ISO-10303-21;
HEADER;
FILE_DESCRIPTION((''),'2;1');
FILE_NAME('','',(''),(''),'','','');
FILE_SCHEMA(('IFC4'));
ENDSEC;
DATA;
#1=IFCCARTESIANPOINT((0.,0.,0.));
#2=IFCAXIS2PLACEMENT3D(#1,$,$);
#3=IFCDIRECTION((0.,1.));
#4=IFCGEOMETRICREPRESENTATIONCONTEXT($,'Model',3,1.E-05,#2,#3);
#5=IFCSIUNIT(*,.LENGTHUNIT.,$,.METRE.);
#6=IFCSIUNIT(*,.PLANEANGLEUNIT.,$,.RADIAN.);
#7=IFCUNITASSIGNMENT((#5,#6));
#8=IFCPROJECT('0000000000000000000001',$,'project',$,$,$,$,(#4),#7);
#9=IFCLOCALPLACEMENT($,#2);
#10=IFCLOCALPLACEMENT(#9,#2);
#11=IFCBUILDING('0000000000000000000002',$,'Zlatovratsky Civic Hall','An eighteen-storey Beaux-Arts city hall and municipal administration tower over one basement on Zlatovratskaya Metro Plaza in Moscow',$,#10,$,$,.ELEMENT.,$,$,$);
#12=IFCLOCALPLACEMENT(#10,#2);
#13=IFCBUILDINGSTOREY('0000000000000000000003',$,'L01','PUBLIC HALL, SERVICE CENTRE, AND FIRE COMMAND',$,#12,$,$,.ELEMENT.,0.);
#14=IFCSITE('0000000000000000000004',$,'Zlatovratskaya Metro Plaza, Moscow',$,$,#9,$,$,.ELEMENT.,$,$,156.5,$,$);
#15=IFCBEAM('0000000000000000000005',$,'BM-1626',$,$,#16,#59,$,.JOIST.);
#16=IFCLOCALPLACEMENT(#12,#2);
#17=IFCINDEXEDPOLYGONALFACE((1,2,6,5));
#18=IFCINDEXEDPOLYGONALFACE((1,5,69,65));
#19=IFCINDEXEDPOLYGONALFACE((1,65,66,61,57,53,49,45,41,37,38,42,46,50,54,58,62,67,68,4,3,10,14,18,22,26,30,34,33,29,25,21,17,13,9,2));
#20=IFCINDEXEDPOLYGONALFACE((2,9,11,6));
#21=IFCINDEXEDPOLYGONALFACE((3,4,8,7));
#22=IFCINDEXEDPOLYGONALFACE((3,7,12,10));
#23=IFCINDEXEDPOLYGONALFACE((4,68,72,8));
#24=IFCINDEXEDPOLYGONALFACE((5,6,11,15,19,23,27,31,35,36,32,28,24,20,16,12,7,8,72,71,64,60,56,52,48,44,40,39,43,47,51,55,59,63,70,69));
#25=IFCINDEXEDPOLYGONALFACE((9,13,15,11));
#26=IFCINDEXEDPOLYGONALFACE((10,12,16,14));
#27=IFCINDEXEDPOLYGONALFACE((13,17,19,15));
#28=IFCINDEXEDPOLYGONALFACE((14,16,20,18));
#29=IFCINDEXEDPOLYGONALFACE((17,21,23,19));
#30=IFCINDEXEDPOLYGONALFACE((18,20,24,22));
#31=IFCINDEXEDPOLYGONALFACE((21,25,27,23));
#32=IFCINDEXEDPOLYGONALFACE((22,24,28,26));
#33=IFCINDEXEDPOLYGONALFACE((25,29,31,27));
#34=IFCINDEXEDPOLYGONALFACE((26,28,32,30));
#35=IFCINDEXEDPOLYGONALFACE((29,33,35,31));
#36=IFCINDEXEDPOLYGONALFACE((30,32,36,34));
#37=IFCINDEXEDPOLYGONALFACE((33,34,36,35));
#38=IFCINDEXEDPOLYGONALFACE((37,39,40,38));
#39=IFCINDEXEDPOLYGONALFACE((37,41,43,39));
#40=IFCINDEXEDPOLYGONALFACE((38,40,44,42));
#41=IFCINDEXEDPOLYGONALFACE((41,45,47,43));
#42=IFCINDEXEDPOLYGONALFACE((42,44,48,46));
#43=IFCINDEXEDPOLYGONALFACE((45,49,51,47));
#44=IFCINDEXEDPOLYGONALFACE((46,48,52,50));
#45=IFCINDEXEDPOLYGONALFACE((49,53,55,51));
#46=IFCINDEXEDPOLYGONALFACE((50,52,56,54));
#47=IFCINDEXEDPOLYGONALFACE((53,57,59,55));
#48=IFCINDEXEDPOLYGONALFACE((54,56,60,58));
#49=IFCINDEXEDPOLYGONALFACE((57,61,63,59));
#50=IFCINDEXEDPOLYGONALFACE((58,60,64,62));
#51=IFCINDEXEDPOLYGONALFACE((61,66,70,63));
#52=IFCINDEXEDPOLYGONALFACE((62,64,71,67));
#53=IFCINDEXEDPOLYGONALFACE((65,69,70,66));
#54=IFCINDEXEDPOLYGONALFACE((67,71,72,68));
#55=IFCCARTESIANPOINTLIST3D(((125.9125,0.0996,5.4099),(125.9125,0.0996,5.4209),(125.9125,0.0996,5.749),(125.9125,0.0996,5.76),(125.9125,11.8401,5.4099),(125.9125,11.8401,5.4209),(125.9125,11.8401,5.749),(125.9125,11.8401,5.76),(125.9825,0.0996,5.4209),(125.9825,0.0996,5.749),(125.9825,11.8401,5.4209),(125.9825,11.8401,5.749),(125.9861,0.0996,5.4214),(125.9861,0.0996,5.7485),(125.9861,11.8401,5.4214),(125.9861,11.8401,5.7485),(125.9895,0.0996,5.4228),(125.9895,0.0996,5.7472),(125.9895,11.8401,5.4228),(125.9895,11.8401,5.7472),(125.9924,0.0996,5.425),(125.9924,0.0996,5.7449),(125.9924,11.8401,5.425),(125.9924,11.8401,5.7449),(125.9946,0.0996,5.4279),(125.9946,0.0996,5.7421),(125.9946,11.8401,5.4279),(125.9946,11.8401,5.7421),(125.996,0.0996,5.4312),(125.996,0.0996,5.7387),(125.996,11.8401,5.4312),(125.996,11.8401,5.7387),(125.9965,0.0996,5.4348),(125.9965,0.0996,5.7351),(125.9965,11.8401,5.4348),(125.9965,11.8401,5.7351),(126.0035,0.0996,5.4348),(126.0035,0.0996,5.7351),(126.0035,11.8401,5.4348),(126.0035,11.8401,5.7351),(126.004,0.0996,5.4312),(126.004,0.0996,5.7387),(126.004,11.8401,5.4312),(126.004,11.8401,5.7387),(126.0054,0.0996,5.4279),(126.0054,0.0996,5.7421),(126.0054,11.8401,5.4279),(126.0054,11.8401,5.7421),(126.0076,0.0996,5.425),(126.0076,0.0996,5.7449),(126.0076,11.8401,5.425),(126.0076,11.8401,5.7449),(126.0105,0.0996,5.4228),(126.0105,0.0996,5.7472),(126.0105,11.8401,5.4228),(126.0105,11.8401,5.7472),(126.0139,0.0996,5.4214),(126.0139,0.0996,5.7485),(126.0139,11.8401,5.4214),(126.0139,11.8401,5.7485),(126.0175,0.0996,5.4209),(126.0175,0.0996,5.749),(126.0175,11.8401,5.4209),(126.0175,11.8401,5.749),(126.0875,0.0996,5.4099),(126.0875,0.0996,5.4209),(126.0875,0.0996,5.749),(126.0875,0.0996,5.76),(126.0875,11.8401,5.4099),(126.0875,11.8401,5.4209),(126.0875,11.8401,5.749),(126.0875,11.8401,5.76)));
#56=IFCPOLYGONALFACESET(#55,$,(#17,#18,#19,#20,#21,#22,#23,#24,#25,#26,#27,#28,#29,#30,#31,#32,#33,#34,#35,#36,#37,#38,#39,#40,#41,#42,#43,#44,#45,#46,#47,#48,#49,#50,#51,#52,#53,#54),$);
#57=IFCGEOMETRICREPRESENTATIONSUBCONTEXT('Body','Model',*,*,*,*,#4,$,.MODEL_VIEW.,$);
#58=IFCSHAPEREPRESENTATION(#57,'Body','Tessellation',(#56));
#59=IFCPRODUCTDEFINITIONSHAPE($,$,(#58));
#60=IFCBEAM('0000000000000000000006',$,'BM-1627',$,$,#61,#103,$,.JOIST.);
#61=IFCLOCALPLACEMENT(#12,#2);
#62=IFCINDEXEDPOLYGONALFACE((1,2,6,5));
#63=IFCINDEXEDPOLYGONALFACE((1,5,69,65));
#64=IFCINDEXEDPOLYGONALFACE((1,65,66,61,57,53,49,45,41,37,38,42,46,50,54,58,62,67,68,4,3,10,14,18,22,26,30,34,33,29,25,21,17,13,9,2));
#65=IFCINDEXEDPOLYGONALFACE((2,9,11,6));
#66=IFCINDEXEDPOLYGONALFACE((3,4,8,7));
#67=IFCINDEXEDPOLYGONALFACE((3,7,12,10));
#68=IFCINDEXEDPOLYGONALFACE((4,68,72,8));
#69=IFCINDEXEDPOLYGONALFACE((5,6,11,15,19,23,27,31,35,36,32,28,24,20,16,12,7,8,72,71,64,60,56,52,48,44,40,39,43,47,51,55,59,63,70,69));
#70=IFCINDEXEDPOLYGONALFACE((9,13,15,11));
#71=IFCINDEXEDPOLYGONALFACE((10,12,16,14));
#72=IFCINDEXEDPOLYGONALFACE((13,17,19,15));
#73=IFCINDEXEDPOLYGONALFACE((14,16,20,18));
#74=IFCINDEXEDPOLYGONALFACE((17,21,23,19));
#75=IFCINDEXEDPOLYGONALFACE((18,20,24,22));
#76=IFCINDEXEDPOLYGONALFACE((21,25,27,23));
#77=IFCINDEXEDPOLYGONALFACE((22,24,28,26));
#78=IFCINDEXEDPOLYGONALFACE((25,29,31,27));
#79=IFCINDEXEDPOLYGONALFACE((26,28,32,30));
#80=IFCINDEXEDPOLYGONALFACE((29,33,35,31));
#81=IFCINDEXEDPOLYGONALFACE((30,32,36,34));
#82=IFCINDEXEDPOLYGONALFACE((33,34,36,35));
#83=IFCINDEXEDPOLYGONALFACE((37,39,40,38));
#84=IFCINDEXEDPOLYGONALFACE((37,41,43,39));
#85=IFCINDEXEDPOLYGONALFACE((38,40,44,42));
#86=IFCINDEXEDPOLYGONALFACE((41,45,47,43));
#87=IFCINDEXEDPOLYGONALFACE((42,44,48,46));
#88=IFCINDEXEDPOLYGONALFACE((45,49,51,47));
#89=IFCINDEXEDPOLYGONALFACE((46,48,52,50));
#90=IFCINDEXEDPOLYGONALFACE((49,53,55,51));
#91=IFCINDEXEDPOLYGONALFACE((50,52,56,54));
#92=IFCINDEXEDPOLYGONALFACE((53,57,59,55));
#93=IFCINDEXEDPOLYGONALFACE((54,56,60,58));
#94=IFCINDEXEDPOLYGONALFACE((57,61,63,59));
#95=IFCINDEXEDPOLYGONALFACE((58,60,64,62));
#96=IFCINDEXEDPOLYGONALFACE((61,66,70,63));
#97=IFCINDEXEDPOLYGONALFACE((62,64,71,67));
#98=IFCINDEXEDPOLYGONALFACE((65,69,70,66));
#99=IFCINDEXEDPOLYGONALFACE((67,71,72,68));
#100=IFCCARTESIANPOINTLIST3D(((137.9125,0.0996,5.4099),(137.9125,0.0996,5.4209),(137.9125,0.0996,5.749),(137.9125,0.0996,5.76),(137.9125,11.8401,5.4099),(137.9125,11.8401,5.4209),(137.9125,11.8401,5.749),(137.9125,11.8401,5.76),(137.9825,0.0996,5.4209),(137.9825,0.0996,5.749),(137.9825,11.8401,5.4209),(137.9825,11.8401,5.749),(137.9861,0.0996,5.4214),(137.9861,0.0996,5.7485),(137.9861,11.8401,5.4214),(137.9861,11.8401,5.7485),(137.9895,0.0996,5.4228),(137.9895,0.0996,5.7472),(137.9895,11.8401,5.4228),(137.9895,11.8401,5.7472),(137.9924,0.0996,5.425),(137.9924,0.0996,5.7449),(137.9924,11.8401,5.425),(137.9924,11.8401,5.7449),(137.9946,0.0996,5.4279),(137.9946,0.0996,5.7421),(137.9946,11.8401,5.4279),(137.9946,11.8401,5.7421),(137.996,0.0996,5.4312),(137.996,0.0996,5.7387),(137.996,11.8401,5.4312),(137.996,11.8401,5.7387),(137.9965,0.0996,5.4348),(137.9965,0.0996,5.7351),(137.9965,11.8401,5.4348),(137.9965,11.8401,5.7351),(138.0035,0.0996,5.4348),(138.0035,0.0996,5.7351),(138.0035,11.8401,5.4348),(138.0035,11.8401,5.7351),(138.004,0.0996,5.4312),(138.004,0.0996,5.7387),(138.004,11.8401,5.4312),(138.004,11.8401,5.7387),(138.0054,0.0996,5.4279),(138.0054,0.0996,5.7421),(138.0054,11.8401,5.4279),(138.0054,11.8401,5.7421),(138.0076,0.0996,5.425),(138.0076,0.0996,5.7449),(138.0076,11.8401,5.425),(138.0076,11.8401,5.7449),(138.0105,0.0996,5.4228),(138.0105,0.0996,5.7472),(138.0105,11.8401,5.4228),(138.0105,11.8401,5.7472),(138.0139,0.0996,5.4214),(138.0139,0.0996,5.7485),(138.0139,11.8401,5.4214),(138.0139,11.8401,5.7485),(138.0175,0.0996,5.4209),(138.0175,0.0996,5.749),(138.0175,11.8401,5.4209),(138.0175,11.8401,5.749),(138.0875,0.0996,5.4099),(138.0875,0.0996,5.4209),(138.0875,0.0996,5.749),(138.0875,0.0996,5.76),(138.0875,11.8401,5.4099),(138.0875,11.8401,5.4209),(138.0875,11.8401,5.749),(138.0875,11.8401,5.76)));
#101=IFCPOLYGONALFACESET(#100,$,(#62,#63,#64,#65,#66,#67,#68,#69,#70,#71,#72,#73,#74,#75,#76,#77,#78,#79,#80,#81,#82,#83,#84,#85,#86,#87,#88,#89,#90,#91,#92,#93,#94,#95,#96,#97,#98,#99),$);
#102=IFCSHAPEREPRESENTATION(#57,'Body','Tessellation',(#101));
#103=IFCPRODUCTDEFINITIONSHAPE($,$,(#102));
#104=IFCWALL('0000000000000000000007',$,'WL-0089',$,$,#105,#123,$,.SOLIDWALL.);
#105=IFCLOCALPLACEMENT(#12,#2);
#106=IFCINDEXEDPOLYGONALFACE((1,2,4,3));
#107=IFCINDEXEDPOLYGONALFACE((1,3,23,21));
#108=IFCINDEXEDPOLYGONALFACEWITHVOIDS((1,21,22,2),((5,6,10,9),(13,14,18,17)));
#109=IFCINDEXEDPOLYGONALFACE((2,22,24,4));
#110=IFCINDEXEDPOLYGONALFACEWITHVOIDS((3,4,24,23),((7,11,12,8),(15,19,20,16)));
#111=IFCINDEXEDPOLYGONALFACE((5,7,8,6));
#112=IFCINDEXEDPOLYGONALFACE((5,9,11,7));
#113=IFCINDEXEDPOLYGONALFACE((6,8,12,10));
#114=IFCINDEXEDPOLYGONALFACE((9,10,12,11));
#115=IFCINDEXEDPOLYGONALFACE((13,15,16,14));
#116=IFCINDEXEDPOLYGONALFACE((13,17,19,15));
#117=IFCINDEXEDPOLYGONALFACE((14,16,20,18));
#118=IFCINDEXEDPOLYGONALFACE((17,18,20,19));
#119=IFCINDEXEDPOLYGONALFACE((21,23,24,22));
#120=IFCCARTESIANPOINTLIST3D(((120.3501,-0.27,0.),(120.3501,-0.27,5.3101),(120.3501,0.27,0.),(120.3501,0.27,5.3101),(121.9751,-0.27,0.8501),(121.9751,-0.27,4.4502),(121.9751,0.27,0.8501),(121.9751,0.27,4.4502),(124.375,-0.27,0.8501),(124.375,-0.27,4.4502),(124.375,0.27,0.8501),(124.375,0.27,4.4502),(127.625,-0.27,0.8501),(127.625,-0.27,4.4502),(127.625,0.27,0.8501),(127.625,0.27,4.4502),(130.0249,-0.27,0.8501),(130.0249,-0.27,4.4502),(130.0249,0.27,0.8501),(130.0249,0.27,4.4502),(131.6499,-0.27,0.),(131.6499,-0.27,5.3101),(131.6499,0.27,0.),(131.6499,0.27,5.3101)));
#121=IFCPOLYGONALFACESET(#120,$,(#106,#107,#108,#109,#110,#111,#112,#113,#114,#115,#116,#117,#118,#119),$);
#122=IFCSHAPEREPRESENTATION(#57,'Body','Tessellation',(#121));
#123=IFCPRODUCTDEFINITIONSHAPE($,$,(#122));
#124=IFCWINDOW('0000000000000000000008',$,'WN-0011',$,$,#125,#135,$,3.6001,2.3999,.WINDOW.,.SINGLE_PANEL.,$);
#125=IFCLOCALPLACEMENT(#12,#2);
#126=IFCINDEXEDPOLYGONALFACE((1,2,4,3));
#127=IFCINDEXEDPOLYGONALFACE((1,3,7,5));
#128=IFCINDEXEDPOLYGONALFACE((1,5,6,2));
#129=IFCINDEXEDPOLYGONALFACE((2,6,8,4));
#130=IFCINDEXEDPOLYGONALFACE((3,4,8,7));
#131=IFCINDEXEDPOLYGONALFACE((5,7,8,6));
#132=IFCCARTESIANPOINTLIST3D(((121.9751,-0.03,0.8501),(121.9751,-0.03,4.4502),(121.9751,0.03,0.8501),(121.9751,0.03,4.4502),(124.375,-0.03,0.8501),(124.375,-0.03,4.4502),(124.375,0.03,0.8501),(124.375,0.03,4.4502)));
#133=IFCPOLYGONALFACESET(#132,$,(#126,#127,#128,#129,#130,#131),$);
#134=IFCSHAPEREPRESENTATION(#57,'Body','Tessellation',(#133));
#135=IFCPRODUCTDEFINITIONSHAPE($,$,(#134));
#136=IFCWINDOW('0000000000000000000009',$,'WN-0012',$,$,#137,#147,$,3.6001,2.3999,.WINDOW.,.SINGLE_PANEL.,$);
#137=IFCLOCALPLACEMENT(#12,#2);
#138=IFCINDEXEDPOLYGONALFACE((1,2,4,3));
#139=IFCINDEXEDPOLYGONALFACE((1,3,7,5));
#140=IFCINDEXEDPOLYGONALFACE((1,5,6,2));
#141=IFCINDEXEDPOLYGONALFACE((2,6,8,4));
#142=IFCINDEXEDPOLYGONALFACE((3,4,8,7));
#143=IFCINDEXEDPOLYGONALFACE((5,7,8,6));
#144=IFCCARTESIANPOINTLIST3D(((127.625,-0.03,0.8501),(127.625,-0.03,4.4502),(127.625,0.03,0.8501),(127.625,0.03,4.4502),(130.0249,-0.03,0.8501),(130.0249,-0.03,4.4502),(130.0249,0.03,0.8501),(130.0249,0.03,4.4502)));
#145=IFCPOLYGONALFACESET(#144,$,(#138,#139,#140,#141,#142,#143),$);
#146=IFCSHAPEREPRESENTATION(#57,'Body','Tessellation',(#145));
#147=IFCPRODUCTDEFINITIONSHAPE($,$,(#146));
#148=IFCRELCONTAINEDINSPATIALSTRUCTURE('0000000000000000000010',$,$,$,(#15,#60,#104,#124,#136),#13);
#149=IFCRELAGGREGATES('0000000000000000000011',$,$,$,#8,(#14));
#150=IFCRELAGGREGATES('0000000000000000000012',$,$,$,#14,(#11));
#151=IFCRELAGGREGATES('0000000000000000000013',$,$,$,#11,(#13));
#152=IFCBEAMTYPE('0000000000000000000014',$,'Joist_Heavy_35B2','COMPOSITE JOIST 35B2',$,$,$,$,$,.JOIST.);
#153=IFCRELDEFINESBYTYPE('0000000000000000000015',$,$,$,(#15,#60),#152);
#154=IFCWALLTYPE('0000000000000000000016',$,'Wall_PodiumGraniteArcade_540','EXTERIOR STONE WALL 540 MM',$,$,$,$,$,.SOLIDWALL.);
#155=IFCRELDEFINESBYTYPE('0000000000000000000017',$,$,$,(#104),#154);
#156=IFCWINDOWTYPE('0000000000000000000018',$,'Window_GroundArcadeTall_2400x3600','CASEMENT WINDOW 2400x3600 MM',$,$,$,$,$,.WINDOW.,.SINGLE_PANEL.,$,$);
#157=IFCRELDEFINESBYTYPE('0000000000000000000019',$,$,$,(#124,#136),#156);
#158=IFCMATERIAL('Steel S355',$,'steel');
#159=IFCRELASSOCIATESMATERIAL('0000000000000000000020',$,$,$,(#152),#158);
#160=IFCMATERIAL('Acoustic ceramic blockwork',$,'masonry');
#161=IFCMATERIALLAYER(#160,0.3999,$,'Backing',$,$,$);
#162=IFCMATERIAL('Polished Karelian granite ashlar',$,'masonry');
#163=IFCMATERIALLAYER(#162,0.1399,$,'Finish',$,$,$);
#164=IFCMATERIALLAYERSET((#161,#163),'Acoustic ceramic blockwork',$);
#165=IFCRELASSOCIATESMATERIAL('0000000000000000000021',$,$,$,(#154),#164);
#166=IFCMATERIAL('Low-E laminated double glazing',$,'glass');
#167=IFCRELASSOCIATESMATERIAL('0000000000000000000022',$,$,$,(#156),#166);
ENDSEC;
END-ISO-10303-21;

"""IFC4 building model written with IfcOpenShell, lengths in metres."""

from ifc_helpers import new_model, si_unit, direction, frame, frame_2d, origin, origin_2d, place, context, subcontext, project, spatial, rectangle, i_section, extrude, material, layer, layer_set, material_profile, profile_set, type_object, element, fill, save


model = new_model("IFC4")

# Units and contexts
model_context = context("Model", 3, precision=1e-05, world=origin(), true_north=direction((0.0, 1.0)))
body_context = subcontext(model_context, "Body", "Model", "MODEL_VIEW")
ifc_project = project(units=[si_unit("LENGTHUNIT", "METRE"), si_unit("PLANEANGLEUNIT", "RADIAN")], contexts=[model_context])

# Site, building, storey
site_placement = place(None, origin())
site = spatial("IfcSite", under=ifc_project, at=site_placement, Name="Zlatovratskaya Metro Plaza, Moscow", CompositionType="ELEMENT", RefElevation=156.5)
building_placement = place(site_placement, origin())
building = spatial("IfcBuilding", under=site, at=building_placement, Name="Zlatovratsky Civic Hall", Description="An eighteen-storey Beaux-Arts city hall and municipal administration tower over one basement on Zlatovratskaya Metro Plaza in Moscow", CompositionType="ELEMENT")
storey_placement = place(building_placement, origin())
storey = spatial("IfcBuildingStorey", under=building, at=storey_placement, Name="L01", Description="PUBLIC HALL, SERVICE CENTRE, AND FIRE COMMAND", CompositionType="ELEMENT", Elevation=0.0)

# Shared definitions
ifc_material_1 = material(Name="Steel S355", Category="steel")

# Beams
ifc_material_profile_1 = material_profile(ifc_material_1, i_section(OverallWidth=0.175, OverallDepth=0.3501, WebThickness=0.0071, FlangeThickness=0.011, FilletRadius=0.0139, at=origin_2d()), Name="35B2")
ifc_profile_set_1 = profile_set([ifc_material_profile_1], Name="Steel S355")
beam_type_1 = type_object("IfcBeamType", Name="Joist_Heavy_35B2", Description="COMPOSITE JOIST 35B2", PredefinedType="JOIST", material=ifc_profile_set_1)
for number, where, z_axis, x_axis, name in (
    (1, (126.0, 0.0996, 5.585), (0.0, 1.0, 0.0), (-1.0, 0.0, 0.0), "BM-1626"),
    (2, (138.0, 0.0996, 5.585), (0.0, 1.0, 0.0), (-1.0, 0.0, 0.0), "BM-1627"),
):
    element("IfcBeam", number, at=place(storey_placement, frame(where, z_axis=z_axis, x_axis=x_axis)), inside=storey, type_object=beam_type_1, Name=name, PredefinedType="JOIST", context=body_context, shape_type="SweptSolid", body=[
        extrude(i_section(OverallWidth=0.175, OverallDepth=0.3501, WebThickness=0.0071, FlangeThickness=0.011, FilletRadius=0.0139, at=origin_2d()), origin(), (0.0, 0.0, 1.0), 11.7405),
    ])

# Wall, openings, windows
ifc_material_2 = material(Name="Acoustic ceramic blockwork", Category="masonry")
ifc_layer_1 = layer(ifc_material_2, 0.3999, Name="Backing")
ifc_material_3 = material(Name="Polished Karelian granite ashlar", Category="masonry")
ifc_layer_2 = layer(ifc_material_3, 0.1399, Name="Finish")
ifc_layer_set_1 = layer_set([ifc_layer_1, ifc_layer_2], Name="Acoustic ceramic blockwork")
wall_type_1 = type_object("IfcWallType", Name="Wall_PodiumGraniteArcade_540", Description="EXTERIOR STONE WALL 540 MM", PredefinedType="SOLIDWALL", material=ifc_layer_set_1)
wall_1_placement = place(storey_placement, frame((120.3501, 0.0, 0.0), z_axis=(0.0, 0.0, 1.0), x_axis=(1.0, 0.0, 0.0)))
wall_1 = element("IfcWall", 3, at=wall_1_placement, inside=storey, type_object=wall_type_1, Name="WL-0089", PredefinedType="SOLIDWALL", context=body_context, shape_type="SweptSolid", body=[
    extrude(rectangle(XDim=11.2998, YDim=0.54, at=frame_2d((5.6499, 0.0))), origin(), (0.0, 0.0, 1.0), 5.3101),
])
opening_1_placement = place(wall_1_placement, frame((1.625, 0.0, 0.8501)))
opening_1 = element("IfcOpeningElement", 4, at=opening_1_placement, cuts=wall_1, PredefinedType="OPENING", context=body_context, shape_type="SweptSolid", body=[
    extrude(rectangle(XDim=2.3999, YDim=3.6001, at=frame_2d((1.2, 1.8))), frame((0.0, 0.2849, 0.0), z_axis=(0.0, -1.0, 0.0), x_axis=(1.0, 0.0, 0.0)), (0.0, 0.0, 1.0), 0.5698),
])
opening_2_placement = place(wall_1_placement, frame((7.2749, 0.0, 0.8501)))
opening_2 = element("IfcOpeningElement", 5, at=opening_2_placement, cuts=wall_1, PredefinedType="OPENING", context=body_context, shape_type="SweptSolid", body=[
    extrude(rectangle(XDim=2.3999, YDim=3.6001, at=frame_2d((1.2, 1.8))), frame((0.0, 0.2849, 0.0), z_axis=(0.0, -1.0, 0.0), x_axis=(1.0, 0.0, 0.0)), (0.0, 0.0, 1.0), 0.5698),
])
ifc_material_4 = material(Name="Low-E laminated double glazing", Category="glass")
window_type = type_object("IfcWindowType", Name="Window_GroundArcadeTall_2400x3600", Description="CASEMENT WINDOW 2400x3600 MM", PartitioningType="SINGLE_PANEL", PredefinedType="WINDOW", material=ifc_material_4)
window_1_placement = place(opening_1_placement, origin())
window_1 = element("IfcWindow", 6, at=window_1_placement, inside=storey, type_object=window_type, Name="WN-0011", OverallHeight=3.6001, OverallWidth=2.3999, PartitioningType="SINGLE_PANEL", PredefinedType="WINDOW", context=body_context, shape_type="SweptSolid", body=[
    extrude(rectangle(XDim=2.3999, YDim=3.6001, at=frame_2d((1.2, 1.8))), frame((0.0, 0.03, 0.0), z_axis=(0.0, -1.0, 0.0), x_axis=(1.0, 0.0, 0.0)), (0.0, 0.0, 1.0), 0.0601),
])
fill(opening_1, window_1)
window_2_placement = place(opening_2_placement, origin())
window_2 = element("IfcWindow", 7, at=window_2_placement, inside=storey, type_object=window_type, Name="WN-0012", OverallHeight=3.6001, OverallWidth=2.3999, PartitioningType="SINGLE_PANEL", PredefinedType="WINDOW", context=body_context, shape_type="SweptSolid", body=[
    extrude(rectangle(XDim=2.3999, YDim=3.6001, at=frame_2d((1.2, 1.8))), frame((0.0, 0.03, 0.0), z_axis=(0.0, -1.0, 0.0), x_axis=(1.0, 0.0, 0.0)), (0.0, 0.0, 1.0), 0.0601),
])
fill(opening_2, window_2)

save(model, "model.ifc")
